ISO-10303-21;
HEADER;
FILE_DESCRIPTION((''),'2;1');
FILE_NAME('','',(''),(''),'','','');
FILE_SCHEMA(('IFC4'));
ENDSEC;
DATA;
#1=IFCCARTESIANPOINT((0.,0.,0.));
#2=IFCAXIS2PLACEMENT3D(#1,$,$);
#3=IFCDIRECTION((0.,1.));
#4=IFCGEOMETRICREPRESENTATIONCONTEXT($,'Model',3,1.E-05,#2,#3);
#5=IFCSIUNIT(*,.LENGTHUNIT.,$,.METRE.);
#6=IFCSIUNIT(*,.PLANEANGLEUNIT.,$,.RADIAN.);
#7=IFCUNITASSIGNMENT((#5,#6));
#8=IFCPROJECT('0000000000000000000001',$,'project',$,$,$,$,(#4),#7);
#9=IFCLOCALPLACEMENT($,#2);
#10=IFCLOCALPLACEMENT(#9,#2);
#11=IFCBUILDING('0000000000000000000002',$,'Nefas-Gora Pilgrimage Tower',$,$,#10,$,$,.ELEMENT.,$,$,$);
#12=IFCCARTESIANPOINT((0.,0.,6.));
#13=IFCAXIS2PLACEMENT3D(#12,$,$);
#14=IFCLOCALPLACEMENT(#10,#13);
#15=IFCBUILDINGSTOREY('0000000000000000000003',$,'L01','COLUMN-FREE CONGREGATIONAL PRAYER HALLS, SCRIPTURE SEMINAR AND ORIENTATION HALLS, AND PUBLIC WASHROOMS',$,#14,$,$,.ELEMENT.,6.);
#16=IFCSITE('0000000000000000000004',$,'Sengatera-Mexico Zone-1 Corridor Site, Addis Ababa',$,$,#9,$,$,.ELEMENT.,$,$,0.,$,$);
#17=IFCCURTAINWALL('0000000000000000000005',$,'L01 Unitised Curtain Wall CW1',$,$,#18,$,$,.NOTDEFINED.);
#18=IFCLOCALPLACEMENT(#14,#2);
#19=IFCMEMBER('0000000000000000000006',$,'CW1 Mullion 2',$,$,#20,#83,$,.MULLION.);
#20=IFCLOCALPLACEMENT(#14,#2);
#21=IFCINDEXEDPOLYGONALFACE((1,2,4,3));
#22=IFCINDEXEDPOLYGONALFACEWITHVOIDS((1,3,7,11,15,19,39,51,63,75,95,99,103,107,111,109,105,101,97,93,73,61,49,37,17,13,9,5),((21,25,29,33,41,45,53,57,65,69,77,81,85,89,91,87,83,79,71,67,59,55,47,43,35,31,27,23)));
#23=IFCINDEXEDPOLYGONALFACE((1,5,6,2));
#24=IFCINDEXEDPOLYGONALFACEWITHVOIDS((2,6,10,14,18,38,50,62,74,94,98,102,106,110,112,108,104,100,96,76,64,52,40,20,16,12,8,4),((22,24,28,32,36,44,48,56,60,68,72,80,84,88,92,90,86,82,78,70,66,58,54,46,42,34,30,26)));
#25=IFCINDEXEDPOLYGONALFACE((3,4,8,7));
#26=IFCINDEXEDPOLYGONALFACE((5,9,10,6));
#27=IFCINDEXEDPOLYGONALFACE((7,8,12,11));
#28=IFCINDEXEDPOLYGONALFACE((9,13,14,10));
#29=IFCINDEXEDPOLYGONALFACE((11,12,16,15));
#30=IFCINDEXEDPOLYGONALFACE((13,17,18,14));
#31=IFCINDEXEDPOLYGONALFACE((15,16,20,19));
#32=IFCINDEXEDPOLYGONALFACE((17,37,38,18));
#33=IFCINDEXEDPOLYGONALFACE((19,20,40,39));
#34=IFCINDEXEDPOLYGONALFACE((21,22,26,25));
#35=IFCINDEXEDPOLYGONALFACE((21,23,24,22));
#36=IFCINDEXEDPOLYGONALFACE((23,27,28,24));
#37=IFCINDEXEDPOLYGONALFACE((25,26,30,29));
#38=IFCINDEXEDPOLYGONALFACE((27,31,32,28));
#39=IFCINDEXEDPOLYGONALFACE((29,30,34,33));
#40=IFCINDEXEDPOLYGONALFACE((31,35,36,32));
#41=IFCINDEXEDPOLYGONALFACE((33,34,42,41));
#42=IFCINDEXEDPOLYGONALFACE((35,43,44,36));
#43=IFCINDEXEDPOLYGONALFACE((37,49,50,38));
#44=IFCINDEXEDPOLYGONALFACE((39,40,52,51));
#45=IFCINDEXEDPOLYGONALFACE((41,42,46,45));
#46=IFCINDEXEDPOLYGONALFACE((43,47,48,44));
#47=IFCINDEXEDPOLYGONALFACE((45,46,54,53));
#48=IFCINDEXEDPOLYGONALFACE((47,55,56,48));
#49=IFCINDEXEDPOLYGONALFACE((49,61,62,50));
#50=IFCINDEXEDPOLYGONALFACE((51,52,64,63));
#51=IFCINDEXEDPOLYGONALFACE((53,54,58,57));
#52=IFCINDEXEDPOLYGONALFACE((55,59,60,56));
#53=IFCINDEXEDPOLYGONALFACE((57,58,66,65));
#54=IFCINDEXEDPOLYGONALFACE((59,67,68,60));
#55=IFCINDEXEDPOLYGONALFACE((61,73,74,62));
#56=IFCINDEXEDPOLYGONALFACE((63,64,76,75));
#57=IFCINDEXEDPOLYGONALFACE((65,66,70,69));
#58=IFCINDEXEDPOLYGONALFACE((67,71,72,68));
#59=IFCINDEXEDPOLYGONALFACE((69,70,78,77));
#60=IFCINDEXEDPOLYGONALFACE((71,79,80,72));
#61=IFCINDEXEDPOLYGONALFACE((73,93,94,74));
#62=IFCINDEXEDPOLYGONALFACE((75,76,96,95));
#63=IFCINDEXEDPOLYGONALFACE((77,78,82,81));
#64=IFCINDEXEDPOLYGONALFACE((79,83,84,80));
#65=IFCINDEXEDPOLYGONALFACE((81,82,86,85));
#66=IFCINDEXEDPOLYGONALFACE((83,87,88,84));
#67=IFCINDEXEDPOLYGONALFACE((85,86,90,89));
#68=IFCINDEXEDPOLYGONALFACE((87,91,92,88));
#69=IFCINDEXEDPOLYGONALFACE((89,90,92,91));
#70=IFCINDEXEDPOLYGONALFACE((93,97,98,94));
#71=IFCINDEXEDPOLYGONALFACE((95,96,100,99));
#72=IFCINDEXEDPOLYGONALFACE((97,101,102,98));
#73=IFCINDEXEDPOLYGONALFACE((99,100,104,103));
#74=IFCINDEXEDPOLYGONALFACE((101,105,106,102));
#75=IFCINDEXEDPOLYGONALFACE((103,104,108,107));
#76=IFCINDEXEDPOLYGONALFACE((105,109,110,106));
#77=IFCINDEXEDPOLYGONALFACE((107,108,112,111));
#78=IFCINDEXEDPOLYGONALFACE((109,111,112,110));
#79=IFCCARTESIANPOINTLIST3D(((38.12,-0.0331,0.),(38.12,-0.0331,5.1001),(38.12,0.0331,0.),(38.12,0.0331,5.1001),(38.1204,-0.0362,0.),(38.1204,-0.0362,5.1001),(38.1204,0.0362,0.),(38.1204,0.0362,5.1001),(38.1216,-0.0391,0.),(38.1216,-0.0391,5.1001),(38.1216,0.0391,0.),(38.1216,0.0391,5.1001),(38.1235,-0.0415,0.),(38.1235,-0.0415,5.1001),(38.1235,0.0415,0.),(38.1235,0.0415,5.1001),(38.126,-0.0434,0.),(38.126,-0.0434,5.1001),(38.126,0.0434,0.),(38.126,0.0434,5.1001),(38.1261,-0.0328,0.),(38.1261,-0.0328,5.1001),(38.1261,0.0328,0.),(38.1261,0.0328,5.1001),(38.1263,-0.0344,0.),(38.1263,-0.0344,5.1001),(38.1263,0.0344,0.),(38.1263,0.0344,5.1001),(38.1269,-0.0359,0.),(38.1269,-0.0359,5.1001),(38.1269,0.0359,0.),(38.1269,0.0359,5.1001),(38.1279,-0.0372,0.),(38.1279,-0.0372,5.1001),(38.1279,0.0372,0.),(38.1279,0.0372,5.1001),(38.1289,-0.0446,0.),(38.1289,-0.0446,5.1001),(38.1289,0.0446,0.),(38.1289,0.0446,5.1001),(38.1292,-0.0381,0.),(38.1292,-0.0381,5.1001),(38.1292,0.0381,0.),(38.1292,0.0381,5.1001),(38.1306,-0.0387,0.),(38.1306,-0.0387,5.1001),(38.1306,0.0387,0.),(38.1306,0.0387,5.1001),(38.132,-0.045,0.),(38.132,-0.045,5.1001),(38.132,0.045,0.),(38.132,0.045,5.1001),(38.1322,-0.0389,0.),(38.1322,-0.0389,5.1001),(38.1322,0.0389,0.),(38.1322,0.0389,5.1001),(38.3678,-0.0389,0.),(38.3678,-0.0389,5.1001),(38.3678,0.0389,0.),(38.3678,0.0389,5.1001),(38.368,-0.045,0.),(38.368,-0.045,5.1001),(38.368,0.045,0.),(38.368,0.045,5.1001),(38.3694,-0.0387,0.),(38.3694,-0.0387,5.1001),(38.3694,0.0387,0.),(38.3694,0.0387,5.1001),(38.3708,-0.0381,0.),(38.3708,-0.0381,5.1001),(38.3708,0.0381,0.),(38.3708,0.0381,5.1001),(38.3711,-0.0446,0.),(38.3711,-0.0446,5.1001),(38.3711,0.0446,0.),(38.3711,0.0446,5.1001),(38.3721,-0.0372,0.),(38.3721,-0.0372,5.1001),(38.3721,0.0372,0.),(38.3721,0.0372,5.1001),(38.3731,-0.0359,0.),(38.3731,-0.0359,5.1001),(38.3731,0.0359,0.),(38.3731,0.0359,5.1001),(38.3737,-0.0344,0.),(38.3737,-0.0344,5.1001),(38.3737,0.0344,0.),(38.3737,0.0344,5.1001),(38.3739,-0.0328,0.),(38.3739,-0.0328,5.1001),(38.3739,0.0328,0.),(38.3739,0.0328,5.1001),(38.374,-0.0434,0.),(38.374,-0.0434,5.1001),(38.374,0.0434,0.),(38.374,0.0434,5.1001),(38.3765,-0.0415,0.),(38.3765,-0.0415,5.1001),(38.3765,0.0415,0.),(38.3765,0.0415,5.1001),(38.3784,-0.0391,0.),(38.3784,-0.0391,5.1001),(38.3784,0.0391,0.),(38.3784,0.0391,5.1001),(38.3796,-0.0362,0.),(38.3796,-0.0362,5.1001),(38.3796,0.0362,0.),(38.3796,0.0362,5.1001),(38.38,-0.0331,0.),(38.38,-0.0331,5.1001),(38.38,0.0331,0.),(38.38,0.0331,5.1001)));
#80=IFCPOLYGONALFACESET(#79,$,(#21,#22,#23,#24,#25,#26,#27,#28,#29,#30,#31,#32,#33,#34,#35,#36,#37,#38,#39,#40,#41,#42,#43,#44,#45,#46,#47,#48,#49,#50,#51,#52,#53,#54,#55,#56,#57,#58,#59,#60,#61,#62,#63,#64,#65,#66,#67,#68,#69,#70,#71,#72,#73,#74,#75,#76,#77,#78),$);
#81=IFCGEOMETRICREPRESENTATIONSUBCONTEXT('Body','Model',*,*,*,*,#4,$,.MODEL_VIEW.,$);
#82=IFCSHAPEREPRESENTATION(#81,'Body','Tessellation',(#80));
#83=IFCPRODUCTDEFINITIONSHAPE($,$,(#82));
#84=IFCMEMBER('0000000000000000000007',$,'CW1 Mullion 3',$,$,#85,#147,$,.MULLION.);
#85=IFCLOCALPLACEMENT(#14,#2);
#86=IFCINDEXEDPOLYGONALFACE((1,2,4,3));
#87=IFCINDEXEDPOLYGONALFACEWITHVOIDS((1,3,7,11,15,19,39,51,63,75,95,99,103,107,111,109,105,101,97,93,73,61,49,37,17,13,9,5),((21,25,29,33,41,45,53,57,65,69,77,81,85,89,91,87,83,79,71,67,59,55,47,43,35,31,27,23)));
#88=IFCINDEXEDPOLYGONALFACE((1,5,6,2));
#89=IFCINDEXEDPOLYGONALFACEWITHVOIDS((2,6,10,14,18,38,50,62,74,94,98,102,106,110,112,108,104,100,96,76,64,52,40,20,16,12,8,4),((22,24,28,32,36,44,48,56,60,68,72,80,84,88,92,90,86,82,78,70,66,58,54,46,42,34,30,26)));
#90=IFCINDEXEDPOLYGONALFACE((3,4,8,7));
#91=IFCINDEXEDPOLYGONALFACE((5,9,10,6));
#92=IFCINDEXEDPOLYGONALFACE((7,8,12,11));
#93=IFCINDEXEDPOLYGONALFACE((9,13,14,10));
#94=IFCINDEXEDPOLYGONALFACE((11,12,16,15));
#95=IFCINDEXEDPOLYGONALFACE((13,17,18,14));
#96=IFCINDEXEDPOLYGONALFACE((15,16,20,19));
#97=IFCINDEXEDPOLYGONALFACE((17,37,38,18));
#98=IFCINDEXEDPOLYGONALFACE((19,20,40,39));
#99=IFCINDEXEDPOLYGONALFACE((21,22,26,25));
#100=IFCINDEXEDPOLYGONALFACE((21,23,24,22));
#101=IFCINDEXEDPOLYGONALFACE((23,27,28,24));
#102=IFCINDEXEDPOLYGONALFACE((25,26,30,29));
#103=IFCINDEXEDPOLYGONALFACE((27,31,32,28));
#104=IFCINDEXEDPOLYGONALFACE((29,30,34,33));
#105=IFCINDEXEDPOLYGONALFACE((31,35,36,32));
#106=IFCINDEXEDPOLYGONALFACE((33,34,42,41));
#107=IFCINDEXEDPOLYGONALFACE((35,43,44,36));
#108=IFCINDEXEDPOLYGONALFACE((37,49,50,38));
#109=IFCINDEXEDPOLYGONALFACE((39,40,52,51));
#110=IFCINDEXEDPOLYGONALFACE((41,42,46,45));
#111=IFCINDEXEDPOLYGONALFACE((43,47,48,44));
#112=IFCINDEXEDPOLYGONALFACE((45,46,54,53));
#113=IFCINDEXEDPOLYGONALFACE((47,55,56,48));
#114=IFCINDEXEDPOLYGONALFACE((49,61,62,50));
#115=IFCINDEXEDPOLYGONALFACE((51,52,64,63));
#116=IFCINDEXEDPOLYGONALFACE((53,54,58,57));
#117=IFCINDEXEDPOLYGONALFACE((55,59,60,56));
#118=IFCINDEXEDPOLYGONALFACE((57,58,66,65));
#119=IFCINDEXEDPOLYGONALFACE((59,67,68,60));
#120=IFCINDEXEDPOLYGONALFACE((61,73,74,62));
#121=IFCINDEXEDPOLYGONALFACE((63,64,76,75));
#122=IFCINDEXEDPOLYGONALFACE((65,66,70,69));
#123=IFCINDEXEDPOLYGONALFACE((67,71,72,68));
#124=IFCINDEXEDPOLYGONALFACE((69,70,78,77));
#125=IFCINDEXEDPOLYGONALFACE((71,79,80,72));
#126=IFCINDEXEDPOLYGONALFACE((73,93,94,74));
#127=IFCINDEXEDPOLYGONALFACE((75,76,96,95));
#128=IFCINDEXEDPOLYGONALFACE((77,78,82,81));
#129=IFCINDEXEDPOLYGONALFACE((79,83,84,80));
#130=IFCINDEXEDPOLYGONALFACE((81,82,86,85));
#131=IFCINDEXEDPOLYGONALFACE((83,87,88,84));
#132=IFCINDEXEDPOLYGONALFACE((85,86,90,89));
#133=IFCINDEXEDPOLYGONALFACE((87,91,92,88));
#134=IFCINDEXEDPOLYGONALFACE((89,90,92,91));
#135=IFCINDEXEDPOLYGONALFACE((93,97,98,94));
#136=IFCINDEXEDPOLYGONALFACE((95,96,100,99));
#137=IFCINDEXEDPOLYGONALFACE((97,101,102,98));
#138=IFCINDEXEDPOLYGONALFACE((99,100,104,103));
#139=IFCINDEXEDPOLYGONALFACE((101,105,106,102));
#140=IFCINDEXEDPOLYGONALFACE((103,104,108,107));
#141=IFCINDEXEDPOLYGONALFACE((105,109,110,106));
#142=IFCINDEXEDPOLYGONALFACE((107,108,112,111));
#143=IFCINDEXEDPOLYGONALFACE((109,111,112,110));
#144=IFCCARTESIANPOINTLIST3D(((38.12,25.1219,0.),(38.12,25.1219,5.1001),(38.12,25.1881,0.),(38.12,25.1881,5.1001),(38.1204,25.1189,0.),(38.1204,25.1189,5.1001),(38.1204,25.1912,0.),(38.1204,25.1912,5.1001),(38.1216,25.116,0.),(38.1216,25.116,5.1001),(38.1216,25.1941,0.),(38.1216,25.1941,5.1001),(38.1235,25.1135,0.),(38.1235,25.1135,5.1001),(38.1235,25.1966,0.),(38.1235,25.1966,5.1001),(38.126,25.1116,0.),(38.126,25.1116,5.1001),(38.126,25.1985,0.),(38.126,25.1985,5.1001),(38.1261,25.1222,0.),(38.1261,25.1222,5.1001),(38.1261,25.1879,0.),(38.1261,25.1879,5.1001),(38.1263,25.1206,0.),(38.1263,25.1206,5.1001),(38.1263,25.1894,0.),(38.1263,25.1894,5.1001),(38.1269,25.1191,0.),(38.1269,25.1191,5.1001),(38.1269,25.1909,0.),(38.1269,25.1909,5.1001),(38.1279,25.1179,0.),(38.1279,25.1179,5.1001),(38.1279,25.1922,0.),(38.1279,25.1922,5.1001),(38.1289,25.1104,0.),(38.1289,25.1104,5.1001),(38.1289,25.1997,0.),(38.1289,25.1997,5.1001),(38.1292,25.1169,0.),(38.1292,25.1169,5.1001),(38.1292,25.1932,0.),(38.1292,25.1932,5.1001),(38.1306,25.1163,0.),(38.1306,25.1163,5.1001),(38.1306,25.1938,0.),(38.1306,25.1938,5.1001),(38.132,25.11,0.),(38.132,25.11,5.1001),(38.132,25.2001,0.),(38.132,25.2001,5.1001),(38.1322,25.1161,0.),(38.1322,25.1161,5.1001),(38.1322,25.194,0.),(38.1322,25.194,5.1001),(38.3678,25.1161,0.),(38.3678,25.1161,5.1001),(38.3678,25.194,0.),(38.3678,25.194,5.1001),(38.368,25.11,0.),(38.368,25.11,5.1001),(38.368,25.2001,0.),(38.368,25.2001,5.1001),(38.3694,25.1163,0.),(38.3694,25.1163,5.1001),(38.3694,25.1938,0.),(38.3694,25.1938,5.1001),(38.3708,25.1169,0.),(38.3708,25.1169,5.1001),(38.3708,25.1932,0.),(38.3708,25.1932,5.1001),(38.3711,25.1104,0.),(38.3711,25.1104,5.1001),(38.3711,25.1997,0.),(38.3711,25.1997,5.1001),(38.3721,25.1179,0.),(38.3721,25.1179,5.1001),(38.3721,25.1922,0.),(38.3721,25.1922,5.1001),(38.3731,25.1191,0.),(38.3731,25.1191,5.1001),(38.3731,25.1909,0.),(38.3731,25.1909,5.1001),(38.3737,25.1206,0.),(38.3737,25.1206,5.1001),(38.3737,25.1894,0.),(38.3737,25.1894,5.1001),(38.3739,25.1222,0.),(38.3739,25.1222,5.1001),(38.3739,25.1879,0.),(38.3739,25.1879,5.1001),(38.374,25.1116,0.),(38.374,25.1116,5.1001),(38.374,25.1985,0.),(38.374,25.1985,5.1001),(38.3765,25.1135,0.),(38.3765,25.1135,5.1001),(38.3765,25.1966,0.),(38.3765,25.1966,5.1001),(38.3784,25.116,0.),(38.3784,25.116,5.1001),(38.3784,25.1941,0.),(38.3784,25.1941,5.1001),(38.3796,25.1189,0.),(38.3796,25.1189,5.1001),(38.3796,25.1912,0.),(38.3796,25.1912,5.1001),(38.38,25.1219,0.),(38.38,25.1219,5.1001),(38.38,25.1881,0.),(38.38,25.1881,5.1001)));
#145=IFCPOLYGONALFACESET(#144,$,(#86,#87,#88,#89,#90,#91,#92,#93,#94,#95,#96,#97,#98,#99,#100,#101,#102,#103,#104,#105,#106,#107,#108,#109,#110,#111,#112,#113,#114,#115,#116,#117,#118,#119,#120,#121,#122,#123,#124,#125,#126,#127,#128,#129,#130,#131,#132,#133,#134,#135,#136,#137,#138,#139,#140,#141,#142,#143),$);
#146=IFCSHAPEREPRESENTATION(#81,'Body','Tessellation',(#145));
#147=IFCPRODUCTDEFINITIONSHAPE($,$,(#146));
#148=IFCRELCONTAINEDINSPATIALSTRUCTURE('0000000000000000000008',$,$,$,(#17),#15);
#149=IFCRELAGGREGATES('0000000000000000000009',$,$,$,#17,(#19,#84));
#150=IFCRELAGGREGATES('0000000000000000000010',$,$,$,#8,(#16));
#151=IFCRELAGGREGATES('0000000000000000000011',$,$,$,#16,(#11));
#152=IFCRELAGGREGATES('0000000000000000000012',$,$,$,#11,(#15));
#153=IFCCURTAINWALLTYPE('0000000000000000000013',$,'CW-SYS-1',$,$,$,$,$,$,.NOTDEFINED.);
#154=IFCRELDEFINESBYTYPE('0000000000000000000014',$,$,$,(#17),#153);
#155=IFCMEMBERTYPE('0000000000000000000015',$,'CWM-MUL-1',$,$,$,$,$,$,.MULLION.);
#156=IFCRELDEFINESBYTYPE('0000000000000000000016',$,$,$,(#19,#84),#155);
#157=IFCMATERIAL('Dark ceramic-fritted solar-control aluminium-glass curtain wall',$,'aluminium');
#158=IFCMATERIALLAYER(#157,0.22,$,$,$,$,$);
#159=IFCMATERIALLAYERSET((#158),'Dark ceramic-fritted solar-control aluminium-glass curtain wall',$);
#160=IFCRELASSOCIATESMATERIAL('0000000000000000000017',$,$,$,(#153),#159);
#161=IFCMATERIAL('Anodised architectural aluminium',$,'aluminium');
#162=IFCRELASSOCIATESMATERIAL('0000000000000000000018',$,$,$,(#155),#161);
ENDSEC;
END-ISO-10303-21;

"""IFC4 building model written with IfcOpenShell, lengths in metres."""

from ifc_helpers import new_model, si_unit, direction, frame, origin, origin_2d, place, context, subcontext, project, spatial, hollow_rectangle, extrude, source, transform, mapped, material, layer, layer_set, material_profile, profile_set, type_object, element, aggregate, save


model = new_model("IFC4")

# Units and contexts
model_context = context("Model", 3, precision=1e-05, world=origin(), true_north=direction((0.0, 1.0)))
body_context = subcontext(model_context, "Body", "Model", "MODEL_VIEW")
ifc_project = project(units=[si_unit("LENGTHUNIT", "METRE"), si_unit("PLANEANGLEUNIT", "RADIAN")], contexts=[model_context])

# Site, building, storey
site_placement = place(None, origin())
site = spatial("IfcSite", under=ifc_project, at=site_placement, Name="Sengatera-Mexico Zone-1 Corridor Site, Addis Ababa", CompositionType="ELEMENT", RefElevation=0.0)
building_placement = place(site_placement, origin())
building = spatial("IfcBuilding", under=site, at=building_placement, Name="Nefas-Gora Pilgrimage Tower", CompositionType="ELEMENT")
storey_placement = place(building_placement, frame((0.0, 0.0, 6.0)))
storey = spatial("IfcBuildingStorey", under=building, at=storey_placement, Name="L01", Description="COLUMN-FREE CONGREGATIONAL PRAYER HALLS, SCRIPTURE SEMINAR AND ORIENTATION HALLS, AND PUBLIC WASHROOMS", CompositionType="ELEMENT", Elevation=6.0)

# Curtain wall, members
ifc_material_1 = material(Name="Dark ceramic-fritted solar-control aluminium-glass curtain wall", Category="aluminium")
ifc_layer_1 = layer(ifc_material_1, 0.22)
ifc_layer_set_1 = layer_set([ifc_layer_1], Name="Dark ceramic-fritted solar-control aluminium-glass curtain wall")
curtain_wall_type = type_object("IfcCurtainWallType", Name="CW-SYS-1", PredefinedType="NOTDEFINED", material=ifc_layer_set_1)
curtain_wall_1_placement = place(storey_placement, origin())
curtain_wall_1 = element("IfcCurtainWall", 1, at=curtain_wall_1_placement, inside=storey, type_object=curtain_wall_type, Name="L01 Unitised Curtain Wall CW1", PredefinedType="NOTDEFINED")
ifc_material_2 = material(Name="Anodised architectural aluminium", Category="aluminium")
ifc_material_profile_1 = material_profile(ifc_material_2, hollow_rectangle(XDim=0.0901, YDim=0.26, WallThickness=0.0061, InnerFilletRadius=0.0061, OuterFilletRadius=0.012, at=origin_2d()), Name="ALU MULLION 90x260")
ifc_profile_set_1 = profile_set([ifc_material_profile_1], Name="Anodised architectural aluminium")
member_type_1 = type_object("IfcMemberType", Name="CWM-MUL-1", PredefinedType="MULLION", material=ifc_profile_set_1)
shared_shape_1 = source(origin(), body_context, "Body", "SweptSolid", [
    extrude(hollow_rectangle(XDim=0.0901, YDim=0.26, WallThickness=0.0061, InnerFilletRadius=0.0061, OuterFilletRadius=0.012, at=origin_2d()), origin(), (0.0, 0.0, 1.0), 5.1001),
])
member_1_placement = place(storey_placement, frame((38.25, 0.0, 0.0), z_axis=(0.0, 0.0, 1.0), x_axis=(0.0, 1.0, 0.0)))
member_1 = element("IfcMember", 2, at=member_1_placement, type_object=member_type_1, Name="CW1 Mullion 2", PredefinedType="MULLION", context=body_context, shape_type="MappedRepresentation", body=[
    mapped(shared_shape_1, transform((0.0, 0.0, 0.0), x_axis=(1.0, 0.0, 0.0), y_axis=(0.0, 1.0, 0.0), z_axis=(0.0, 0.0, 1.0), scale=1.0)),
])
member_2_placement = place(storey_placement, frame((38.25, 25.155, 0.0), z_axis=(0.0, 0.0, 1.0), x_axis=(0.0, 1.0, 0.0)))
member_2 = element("IfcMember", 3, at=member_2_placement, type_object=member_type_1, Name="CW1 Mullion 3", PredefinedType="MULLION", context=body_context, shape_type="MappedRepresentation", body=[
    mapped(shared_shape_1, transform((0.0, 0.0, 0.0), x_axis=(1.0, 0.0, 0.0), y_axis=(0.0, 1.0, 0.0), z_axis=(0.0, 0.0, 1.0), scale=1.0)),
])

aggregate(curtain_wall_1, [member_1, member_2])

save(model, "model.ifc")
